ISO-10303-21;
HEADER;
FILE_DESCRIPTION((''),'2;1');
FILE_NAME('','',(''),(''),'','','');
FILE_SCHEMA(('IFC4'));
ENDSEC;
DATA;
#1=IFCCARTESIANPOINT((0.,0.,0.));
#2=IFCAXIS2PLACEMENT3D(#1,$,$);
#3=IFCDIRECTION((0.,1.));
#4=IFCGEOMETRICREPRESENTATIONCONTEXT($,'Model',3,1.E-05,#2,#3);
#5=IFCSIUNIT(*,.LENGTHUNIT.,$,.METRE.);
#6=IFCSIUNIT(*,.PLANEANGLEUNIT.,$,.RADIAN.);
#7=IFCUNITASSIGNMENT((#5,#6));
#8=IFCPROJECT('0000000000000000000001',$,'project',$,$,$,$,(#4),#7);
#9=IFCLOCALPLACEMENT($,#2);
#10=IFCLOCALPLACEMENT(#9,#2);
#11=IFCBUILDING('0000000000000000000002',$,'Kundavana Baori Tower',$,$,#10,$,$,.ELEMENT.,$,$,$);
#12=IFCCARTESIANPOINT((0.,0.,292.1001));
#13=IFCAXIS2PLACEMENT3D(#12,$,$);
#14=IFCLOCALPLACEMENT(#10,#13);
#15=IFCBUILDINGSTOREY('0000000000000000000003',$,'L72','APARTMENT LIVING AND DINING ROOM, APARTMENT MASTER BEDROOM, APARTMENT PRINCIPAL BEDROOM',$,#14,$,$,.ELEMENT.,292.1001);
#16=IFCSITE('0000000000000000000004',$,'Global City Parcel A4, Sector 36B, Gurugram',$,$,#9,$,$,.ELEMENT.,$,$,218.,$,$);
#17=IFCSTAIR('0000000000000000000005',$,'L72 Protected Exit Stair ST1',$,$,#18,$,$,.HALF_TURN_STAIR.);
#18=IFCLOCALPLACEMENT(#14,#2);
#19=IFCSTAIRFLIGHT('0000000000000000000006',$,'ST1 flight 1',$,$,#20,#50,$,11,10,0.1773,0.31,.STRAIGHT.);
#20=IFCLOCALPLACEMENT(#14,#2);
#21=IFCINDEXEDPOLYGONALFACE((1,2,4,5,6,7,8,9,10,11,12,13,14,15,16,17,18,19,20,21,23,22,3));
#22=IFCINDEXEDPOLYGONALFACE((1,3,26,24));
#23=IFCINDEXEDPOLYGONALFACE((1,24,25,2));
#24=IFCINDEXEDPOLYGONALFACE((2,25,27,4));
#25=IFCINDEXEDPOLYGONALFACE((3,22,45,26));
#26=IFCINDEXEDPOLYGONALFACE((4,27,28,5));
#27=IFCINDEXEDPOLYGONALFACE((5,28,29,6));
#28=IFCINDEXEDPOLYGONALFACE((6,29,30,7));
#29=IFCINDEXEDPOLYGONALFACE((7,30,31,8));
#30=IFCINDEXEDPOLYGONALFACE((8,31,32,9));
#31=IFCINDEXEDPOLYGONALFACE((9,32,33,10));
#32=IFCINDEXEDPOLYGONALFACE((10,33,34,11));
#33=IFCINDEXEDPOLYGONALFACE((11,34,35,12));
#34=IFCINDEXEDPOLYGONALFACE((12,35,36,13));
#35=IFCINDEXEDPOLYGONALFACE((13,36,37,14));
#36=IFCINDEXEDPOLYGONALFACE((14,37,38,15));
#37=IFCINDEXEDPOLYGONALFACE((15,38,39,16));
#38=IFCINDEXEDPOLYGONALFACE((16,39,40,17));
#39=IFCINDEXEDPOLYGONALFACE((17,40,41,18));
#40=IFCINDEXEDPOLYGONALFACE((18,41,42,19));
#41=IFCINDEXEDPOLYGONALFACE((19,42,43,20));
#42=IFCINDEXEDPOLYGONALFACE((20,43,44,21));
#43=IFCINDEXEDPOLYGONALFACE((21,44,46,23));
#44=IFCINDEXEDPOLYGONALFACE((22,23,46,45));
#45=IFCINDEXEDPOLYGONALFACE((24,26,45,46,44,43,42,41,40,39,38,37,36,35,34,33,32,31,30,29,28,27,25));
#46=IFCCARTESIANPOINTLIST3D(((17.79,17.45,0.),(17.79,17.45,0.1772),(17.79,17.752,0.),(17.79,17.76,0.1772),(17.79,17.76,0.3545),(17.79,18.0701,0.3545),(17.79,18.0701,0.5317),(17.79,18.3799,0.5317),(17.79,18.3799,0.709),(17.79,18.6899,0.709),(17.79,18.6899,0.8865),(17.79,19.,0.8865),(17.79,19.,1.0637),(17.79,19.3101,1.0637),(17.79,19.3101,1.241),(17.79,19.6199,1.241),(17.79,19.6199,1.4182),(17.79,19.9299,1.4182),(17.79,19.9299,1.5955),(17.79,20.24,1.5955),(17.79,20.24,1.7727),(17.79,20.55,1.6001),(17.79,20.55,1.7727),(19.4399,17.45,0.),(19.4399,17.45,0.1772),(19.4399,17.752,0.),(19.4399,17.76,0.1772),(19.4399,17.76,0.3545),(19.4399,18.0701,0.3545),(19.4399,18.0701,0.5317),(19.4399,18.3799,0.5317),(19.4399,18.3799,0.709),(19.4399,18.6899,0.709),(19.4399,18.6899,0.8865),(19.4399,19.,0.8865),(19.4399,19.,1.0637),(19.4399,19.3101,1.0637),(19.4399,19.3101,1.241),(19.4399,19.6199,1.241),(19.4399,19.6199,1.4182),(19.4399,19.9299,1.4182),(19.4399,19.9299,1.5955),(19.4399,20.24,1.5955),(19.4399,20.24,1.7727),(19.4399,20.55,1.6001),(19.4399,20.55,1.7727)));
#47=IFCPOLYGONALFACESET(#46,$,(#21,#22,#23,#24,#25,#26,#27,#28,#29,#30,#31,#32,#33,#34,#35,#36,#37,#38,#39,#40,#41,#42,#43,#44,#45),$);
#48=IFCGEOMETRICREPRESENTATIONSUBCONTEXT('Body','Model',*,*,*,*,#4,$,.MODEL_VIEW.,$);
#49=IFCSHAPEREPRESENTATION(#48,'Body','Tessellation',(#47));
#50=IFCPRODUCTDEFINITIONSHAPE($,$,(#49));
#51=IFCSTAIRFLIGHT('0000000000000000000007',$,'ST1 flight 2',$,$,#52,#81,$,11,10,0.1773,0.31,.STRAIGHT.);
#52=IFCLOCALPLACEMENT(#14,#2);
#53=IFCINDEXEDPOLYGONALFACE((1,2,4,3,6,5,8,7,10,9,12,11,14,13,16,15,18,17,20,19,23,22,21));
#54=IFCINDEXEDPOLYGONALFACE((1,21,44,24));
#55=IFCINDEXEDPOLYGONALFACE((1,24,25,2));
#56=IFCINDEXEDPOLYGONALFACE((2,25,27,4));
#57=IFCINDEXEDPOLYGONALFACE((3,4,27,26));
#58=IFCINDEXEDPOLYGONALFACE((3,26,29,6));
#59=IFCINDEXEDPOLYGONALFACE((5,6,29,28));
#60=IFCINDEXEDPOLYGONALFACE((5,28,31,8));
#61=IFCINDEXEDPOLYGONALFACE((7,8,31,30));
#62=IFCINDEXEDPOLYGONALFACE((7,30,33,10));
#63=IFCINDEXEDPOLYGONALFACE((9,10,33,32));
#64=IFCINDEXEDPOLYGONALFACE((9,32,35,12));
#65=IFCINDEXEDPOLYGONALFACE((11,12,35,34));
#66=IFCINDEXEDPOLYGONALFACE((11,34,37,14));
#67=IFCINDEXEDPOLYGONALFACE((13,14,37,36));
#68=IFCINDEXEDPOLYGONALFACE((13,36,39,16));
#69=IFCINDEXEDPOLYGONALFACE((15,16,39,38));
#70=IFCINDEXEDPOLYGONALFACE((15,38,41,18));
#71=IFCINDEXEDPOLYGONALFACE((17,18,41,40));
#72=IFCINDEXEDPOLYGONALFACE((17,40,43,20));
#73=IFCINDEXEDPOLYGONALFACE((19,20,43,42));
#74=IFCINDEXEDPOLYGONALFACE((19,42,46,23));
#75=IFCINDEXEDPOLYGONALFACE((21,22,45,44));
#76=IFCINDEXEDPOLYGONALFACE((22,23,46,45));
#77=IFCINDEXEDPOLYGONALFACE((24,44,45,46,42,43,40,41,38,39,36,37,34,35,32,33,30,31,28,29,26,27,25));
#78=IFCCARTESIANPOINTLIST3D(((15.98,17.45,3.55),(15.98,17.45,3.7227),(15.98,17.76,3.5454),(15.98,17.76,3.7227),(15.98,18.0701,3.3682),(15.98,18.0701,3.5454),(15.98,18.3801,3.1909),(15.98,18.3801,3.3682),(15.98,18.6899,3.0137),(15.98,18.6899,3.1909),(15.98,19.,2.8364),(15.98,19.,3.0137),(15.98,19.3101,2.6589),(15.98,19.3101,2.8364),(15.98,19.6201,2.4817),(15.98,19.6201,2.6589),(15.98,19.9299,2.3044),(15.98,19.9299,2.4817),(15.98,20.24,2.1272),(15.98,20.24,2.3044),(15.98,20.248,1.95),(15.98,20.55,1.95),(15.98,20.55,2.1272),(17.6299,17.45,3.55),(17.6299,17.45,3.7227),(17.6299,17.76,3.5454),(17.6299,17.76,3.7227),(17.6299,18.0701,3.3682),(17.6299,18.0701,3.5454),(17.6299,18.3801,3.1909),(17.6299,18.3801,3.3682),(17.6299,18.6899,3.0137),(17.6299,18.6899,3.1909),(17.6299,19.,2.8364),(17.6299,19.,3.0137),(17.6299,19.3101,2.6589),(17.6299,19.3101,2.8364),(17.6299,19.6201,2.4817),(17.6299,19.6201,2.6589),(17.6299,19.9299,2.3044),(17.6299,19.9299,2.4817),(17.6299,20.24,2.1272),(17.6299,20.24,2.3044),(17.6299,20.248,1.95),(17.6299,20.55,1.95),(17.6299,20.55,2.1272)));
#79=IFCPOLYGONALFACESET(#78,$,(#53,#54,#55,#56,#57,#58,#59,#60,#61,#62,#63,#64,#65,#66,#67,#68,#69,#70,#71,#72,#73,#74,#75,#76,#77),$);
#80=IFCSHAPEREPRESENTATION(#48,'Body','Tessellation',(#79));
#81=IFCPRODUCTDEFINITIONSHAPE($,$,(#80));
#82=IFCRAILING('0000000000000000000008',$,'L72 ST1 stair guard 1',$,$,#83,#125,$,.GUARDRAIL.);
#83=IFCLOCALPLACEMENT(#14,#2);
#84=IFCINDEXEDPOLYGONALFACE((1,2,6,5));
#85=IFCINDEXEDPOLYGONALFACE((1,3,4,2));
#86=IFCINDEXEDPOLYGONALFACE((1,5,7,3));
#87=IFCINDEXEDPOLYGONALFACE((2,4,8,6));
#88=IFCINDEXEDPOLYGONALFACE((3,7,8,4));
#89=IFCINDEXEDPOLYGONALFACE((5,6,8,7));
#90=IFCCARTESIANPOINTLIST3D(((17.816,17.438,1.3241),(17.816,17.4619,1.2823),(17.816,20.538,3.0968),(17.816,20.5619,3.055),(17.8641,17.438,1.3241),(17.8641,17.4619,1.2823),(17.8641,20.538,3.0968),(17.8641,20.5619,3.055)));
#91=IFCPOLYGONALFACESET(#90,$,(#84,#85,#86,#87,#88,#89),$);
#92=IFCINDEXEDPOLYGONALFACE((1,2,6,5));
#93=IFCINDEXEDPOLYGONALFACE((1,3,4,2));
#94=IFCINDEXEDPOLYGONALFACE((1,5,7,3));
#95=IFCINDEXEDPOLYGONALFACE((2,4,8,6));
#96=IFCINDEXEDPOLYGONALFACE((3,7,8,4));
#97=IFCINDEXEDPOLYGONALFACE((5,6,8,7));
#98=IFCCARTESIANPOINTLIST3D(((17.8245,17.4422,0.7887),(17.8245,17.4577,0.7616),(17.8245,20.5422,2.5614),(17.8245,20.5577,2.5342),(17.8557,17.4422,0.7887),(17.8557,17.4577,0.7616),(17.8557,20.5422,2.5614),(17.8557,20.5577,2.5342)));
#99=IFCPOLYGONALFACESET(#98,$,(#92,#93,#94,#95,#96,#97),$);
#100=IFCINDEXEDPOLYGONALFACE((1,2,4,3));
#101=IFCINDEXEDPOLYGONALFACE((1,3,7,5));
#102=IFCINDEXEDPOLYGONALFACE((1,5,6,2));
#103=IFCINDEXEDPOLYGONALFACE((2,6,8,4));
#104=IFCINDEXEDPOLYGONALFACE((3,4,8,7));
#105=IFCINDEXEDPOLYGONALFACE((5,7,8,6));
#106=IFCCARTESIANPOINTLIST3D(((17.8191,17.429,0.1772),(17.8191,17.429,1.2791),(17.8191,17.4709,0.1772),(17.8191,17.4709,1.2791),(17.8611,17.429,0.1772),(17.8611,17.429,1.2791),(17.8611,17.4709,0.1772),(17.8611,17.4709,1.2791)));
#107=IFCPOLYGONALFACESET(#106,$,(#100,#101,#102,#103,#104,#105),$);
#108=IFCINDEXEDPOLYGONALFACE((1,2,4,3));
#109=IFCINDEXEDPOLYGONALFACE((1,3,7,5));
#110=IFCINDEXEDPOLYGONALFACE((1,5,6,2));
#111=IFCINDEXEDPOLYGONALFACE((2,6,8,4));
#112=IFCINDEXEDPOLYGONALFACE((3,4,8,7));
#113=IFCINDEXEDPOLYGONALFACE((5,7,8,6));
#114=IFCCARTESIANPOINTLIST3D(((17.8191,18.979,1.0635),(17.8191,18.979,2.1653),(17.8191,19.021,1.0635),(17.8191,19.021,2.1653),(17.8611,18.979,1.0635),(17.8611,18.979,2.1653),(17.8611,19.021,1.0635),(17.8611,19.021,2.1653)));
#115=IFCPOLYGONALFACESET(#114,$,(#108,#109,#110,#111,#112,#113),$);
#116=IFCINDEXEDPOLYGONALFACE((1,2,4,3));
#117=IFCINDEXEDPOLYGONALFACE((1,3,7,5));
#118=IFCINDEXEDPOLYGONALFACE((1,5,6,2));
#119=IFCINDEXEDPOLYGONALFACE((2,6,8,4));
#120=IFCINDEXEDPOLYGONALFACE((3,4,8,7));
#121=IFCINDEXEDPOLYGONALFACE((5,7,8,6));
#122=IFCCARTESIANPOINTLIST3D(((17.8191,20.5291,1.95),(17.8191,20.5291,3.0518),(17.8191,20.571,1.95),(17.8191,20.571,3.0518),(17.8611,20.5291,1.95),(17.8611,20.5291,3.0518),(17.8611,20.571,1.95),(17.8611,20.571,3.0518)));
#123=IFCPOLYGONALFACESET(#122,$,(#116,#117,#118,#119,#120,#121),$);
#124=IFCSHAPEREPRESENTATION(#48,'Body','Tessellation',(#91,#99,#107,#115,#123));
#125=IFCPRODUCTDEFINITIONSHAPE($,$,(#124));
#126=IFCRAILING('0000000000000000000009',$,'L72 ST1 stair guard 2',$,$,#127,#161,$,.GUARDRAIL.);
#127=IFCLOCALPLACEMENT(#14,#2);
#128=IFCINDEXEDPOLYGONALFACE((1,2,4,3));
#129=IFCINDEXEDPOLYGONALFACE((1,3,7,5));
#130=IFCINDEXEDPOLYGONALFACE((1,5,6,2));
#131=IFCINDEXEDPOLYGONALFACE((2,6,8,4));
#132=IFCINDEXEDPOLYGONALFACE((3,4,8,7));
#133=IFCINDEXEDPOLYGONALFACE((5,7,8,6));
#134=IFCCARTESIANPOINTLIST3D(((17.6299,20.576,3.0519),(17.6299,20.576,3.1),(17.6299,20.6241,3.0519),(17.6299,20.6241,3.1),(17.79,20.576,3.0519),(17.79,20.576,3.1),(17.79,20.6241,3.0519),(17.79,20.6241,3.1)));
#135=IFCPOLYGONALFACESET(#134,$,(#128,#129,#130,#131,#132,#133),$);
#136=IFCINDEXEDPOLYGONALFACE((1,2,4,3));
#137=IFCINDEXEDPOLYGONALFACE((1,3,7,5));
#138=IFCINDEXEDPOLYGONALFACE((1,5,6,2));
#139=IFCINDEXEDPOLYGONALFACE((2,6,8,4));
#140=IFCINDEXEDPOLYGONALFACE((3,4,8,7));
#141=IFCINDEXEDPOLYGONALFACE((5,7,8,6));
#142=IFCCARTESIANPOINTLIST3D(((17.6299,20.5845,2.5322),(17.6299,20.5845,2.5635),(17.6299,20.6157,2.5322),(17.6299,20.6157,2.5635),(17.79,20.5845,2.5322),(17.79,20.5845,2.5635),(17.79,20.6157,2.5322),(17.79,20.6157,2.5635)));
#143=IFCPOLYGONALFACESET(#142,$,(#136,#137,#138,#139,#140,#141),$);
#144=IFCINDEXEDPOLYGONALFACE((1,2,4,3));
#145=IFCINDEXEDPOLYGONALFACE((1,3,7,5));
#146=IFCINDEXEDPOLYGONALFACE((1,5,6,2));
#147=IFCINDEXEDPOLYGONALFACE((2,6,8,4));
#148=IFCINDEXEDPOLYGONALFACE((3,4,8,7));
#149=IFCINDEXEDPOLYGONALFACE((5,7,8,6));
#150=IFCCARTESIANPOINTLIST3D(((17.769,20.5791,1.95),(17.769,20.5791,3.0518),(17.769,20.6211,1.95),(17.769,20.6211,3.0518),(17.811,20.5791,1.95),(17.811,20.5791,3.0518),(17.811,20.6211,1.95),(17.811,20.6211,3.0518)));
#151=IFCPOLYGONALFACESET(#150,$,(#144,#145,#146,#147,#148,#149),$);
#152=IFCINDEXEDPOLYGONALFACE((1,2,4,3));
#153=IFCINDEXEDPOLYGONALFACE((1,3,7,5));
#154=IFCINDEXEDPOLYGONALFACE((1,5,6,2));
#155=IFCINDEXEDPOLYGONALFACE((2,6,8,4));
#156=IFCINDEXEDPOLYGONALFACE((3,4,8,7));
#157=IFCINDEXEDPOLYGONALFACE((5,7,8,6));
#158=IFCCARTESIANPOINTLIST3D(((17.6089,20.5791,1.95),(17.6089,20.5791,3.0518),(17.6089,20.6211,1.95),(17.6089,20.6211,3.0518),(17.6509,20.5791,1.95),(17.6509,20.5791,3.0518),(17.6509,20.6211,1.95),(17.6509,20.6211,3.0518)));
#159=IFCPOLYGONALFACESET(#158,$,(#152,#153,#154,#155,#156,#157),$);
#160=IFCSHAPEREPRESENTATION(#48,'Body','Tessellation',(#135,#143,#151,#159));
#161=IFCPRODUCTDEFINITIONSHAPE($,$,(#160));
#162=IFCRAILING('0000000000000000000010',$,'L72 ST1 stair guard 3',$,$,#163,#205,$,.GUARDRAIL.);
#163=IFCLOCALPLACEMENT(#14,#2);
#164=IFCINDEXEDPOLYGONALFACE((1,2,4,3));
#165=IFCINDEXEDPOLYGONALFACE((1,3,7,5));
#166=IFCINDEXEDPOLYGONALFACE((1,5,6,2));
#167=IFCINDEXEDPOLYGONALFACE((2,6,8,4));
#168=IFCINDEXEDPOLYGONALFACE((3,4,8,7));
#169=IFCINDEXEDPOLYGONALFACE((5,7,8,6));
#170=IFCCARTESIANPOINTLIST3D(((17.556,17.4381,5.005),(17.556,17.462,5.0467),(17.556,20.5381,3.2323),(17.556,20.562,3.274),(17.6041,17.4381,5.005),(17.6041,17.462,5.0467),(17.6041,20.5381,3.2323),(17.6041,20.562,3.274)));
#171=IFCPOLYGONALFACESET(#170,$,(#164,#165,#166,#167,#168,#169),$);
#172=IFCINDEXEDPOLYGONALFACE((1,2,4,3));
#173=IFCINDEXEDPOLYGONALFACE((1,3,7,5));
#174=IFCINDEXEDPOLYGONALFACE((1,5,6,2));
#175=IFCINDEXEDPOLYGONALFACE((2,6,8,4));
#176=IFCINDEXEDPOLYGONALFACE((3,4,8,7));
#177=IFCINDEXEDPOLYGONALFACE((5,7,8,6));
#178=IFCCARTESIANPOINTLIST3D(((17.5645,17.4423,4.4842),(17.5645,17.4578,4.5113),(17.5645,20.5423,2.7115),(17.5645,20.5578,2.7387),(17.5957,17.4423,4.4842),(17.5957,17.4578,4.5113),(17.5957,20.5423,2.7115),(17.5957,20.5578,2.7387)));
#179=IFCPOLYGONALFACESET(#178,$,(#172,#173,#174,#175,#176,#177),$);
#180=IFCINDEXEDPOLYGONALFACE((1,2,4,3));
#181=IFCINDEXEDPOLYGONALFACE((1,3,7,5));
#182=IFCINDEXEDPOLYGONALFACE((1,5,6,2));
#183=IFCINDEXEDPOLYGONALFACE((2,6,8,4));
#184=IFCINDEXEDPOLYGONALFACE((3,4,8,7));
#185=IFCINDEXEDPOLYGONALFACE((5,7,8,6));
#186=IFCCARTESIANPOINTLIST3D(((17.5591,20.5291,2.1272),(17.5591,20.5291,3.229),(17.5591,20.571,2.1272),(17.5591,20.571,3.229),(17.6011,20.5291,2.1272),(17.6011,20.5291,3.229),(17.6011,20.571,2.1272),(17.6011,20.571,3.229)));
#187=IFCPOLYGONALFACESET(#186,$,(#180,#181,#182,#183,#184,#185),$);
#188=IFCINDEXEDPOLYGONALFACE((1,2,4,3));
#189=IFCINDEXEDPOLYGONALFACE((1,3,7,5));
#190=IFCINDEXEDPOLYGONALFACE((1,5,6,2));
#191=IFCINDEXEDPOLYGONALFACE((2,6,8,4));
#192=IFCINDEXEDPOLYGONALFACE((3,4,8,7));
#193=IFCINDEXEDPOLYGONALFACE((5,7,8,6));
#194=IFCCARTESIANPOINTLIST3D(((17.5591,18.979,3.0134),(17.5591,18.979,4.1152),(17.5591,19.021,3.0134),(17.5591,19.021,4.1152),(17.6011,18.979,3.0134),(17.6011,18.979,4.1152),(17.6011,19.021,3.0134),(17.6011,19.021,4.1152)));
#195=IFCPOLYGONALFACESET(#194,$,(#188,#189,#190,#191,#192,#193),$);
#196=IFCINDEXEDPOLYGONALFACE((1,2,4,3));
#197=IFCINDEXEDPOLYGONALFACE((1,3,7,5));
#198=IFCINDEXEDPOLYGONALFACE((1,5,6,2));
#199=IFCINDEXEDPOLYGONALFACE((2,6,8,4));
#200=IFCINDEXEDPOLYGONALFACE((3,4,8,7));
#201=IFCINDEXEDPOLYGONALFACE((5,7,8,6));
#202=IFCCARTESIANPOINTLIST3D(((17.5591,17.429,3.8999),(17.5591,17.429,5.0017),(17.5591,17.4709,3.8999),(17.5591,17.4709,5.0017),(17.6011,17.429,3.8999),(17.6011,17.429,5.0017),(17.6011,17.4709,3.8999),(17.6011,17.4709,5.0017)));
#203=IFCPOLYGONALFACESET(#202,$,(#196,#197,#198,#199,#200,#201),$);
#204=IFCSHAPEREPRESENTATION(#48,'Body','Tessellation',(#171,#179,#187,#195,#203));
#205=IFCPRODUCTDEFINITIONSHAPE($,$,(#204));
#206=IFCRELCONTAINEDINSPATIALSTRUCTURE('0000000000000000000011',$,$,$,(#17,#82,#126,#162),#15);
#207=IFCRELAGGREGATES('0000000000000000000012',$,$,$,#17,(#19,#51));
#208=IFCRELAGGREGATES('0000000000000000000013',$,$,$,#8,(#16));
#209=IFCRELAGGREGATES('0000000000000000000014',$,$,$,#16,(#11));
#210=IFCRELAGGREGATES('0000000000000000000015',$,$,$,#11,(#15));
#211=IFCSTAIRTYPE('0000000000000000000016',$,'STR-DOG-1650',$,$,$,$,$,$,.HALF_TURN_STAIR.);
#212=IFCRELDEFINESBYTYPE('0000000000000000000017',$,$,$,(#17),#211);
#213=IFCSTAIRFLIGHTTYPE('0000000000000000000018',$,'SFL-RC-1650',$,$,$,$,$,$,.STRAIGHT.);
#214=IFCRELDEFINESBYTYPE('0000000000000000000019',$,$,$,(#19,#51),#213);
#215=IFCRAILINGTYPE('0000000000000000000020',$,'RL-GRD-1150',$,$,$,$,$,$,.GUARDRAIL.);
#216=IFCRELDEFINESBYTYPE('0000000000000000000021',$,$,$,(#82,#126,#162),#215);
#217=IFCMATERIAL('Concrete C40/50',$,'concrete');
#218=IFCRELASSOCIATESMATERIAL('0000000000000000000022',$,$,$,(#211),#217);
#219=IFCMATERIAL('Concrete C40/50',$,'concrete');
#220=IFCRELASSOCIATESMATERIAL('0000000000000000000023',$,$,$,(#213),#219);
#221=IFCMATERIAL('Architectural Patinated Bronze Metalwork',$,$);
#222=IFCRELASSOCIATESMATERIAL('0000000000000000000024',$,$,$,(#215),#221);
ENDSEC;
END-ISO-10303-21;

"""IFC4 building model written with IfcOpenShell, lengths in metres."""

from ifc_helpers import new_model, si_unit, direction, frame, origin, origin_2d, place, context, subcontext, project, spatial, polyline, rectangle, outline, extrude, material, type_object, element, aggregate, save


model = new_model("IFC4")

# Units and contexts
model_context = context("Model", 3, precision=1e-05, world=origin(), true_north=direction((0.0, 1.0)))
body_context = subcontext(model_context, "Body", "Model", "MODEL_VIEW")
ifc_project = project(units=[si_unit("LENGTHUNIT", "METRE"), si_unit("PLANEANGLEUNIT", "RADIAN")], contexts=[model_context])

# Site, building, storey
site_placement = place(None, origin())
site = spatial("IfcSite", under=ifc_project, at=site_placement, Name="Global City Parcel A4, Sector 36B, Gurugram", CompositionType="ELEMENT", RefElevation=218.0)
building_placement = place(site_placement, origin())
building = spatial("IfcBuilding", under=site, at=building_placement, Name="Kundavana Baori Tower", CompositionType="ELEMENT")
storey_placement = place(building_placement, frame((0.0, 0.0, 292.1001)))
storey = spatial("IfcBuildingStorey", under=building, at=storey_placement, Name="L72", Description="APARTMENT LIVING AND DINING ROOM, APARTMENT MASTER BEDROOM, APARTMENT PRINCIPAL BEDROOM", CompositionType="ELEMENT", Elevation=292.1001)

# Stair, stair flights
ifc_material_1 = material(Name="Concrete C40/50", Category="concrete")
stair_type = type_object("IfcStairType", Name="STR-DOG-1650", PredefinedType="HALF_TURN_STAIR", material=ifc_material_1)
stair_placement = place(storey_placement, origin())
stair = element("IfcStair", 1, at=stair_placement, inside=storey, type_object=stair_type, Name="L72 Protected Exit Stair ST1", PredefinedType="HALF_TURN_STAIR")
ifc_material_2 = material(Name="Concrete C40/50", Category="concrete")
stair_flight_type = type_object("IfcStairFlightType", Name="SFL-RC-1650", PredefinedType="STRAIGHT", material=ifc_material_2)
stair_flight_1_placement = place(storey_placement, frame((18.615, 17.45, 0.0), z_axis=(0.0, 0.0, 1.0), x_axis=(0.0, 1.0, 0.0)))
stair_flight_1 = element("IfcStairFlight", 2, at=stair_flight_1_placement, type_object=stair_flight_type, Name="ST1 flight 1", NumberOfRisers=11, NumberOfTreads=10, PredefinedType="STRAIGHT", RiserHeight=0.1773, TreadLength=0.31, context=body_context, shape_type="SweptSolid", body=[
    extrude(outline(polyline([(0.0, 0.0), (0.0, 0.1772), (0.3101, 0.1772), (0.3101, 0.3545), (0.6201, 0.3545), (0.6201, 0.5317), (0.9299, 0.5317), (0.9299, 0.709), (1.24, 0.709), (1.24, 0.8865), (1.55, 0.8865), (1.55, 1.0637), (1.8601, 1.0637), (1.8601, 1.241), (2.1699, 1.241), (2.1699, 1.4182), (2.48, 1.4182), (2.48, 1.5955), (2.79, 1.5955), (2.79, 1.7727), (3.1001, 1.7727), (3.1001, 1.95), (3.1001, 1.6001), (0.302, 0.0), (0.0, 0.0)])), frame((0.0, 0.825, 0.0), z_axis=(0.0, -1.0, 0.0), x_axis=(1.0, 0.0, 0.0)), (0.0, 0.0, 1.0), 1.6499),
])
stair_flight_2_placement = place(storey_placement, frame((16.8049, 20.55, 1.95), z_axis=(0.0, 0.0, 1.0), x_axis=(0.0, -1.0, 0.0)))
stair_flight_2 = element("IfcStairFlight", 3, at=stair_flight_2_placement, type_object=stair_flight_type, Name="ST1 flight 2", NumberOfRisers=11, NumberOfTreads=10, PredefinedType="STRAIGHT", RiserHeight=0.1773, TreadLength=0.31, context=body_context, shape_type="SweptSolid", body=[
    extrude(outline(polyline([(0.0, 0.0), (0.0, 0.1772), (0.3101, 0.1772), (0.3101, 0.3545), (0.6201, 0.3545), (0.6201, 0.5317), (0.9299, 0.5317), (0.9299, 0.709), (1.24, 0.709), (1.24, 0.8865), (1.55, 0.8865), (1.55, 1.0637), (1.8601, 1.0637), (1.8601, 1.241), (2.1699, 1.241), (2.1699, 1.4182), (2.48, 1.4182), (2.48, 1.5955), (2.79, 1.5955), (2.79, 1.7727), (3.1001, 1.7727), (3.1001, 1.95), (3.1001, 1.6001), (0.302, 0.0), (0.0, 0.0)])), frame((0.0, 0.825, 0.0), z_axis=(0.0, -1.0, 0.0), x_axis=(1.0, 0.0, 0.0)), (0.0, 0.0, 1.0), 1.6499),
])
aggregate(stair, [stair_flight_1, stair_flight_2])

# Railings
ifc_material_3 = material(Name="Architectural Patinated Bronze Metalwork")
railing_type_1 = type_object("IfcRailingType", Name="RL-GRD-1150", PredefinedType="GUARDRAIL", material=ifc_material_3)
railing_1_placement = place(storey_placement, frame((17.8401, 17.45, 0.1772)))
element("IfcRailing", 4, at=railing_1_placement, inside=storey, type_object=railing_type_1, Name="L72 ST1 stair guard 1", PredefinedType="GUARDRAIL", context=body_context, shape_type="SweptSolid", body=[
    extrude(rectangle(XDim=0.0481, YDim=0.0481, at=origin_2d()), frame((0.0, 0.0, 1.126), z_axis=(0.0, 0.868096, 0.496397), x_axis=(-1.0, 0.0, 0.0)), (0.0, 0.0, 1.0), 3.571),
    extrude(rectangle(XDim=0.0312, YDim=0.0312, at=origin_2d()), frame((0.0, 0.0, 0.5979), z_axis=(0.0, 0.868096, 0.496397), x_axis=(-1.0, 0.0, 0.0)), (0.0, 0.0, 1.0), 3.571),
    extrude(rectangle(XDim=0.042, YDim=0.042, at=origin_2d()), origin(), (0.0, 0.0, 1.0), 1.1018),
    extrude(rectangle(XDim=0.042, YDim=0.042, at=origin_2d()), frame((0.0, 1.55, 0.8862)), (0.0, 0.0, 1.0), 1.1018),
    extrude(rectangle(XDim=0.042, YDim=0.042, at=origin_2d()), frame((0.0, 3.1001, 1.7727)), (0.0, 0.0, 1.0), 1.1018),
])
railing_2_placement = place(storey_placement, frame((17.79, 20.6001, 1.95)))
element("IfcRailing", 5, at=railing_2_placement, inside=storey, type_object=railing_type_1, Name="L72 ST1 stair guard 2", PredefinedType="GUARDRAIL", context=body_context, shape_type="SweptSolid", body=[
    extrude(rectangle(XDim=0.0481, YDim=0.0481, at=origin_2d()), frame((0.0, 0.0, 1.126), z_axis=(-1.0, 0.0, 0.0), x_axis=(0.0, -1.0, 0.0)), (0.0, 0.0, 1.0), 0.1602),
    extrude(rectangle(XDim=0.0312, YDim=0.0312, at=origin_2d()), frame((0.0, 0.0, 0.5979), z_axis=(-1.0, 0.0, 0.0), x_axis=(0.0, -1.0, 0.0)), (0.0, 0.0, 1.0), 0.1602),
    extrude(rectangle(XDim=0.042, YDim=0.042, at=origin_2d()), origin(), (0.0, 0.0, 1.0), 1.1018),
    extrude(rectangle(XDim=0.042, YDim=0.042, at=origin_2d()), frame((-0.1602, 0.0, 0.0)), (0.0, 0.0, 1.0), 1.1018),
])
railing_3_placement = place(storey_placement, frame((17.5801, 20.55, 2.1272)))
element("IfcRailing", 6, at=railing_3_placement, inside=storey, type_object=railing_type_1, Name="L72 ST1 stair guard 3", PredefinedType="GUARDRAIL", context=body_context, shape_type="SweptSolid", body=[
    extrude(rectangle(XDim=0.0481, YDim=0.0481, at=origin_2d()), frame((0.0, 0.0, 1.126), z_axis=(0.0, -0.868096, 0.496397), x_axis=(1.0, 0.0, 0.0)), (0.0, 0.0, 1.0), 3.571),
    extrude(rectangle(XDim=0.0312, YDim=0.0312, at=origin_2d()), frame((0.0, 0.0, 0.5979), z_axis=(0.0, -0.868096, 0.496397), x_axis=(1.0, 0.0, 0.0)), (0.0, 0.0, 1.0), 3.571),
    extrude(rectangle(XDim=0.042, YDim=0.042, at=origin_2d()), origin(), (0.0, 0.0, 1.0), 1.1018),
    extrude(rectangle(XDim=0.042, YDim=0.042, at=origin_2d()), frame((0.0, -1.55, 0.8862)), (0.0, 0.0, 1.0), 1.1018),
    extrude(rectangle(XDim=0.042, YDim=0.042, at=origin_2d()), frame((0.0, -3.1001, 1.7727)), (0.0, 0.0, 1.0), 1.1018),
])

save(model, "model.ifc")
